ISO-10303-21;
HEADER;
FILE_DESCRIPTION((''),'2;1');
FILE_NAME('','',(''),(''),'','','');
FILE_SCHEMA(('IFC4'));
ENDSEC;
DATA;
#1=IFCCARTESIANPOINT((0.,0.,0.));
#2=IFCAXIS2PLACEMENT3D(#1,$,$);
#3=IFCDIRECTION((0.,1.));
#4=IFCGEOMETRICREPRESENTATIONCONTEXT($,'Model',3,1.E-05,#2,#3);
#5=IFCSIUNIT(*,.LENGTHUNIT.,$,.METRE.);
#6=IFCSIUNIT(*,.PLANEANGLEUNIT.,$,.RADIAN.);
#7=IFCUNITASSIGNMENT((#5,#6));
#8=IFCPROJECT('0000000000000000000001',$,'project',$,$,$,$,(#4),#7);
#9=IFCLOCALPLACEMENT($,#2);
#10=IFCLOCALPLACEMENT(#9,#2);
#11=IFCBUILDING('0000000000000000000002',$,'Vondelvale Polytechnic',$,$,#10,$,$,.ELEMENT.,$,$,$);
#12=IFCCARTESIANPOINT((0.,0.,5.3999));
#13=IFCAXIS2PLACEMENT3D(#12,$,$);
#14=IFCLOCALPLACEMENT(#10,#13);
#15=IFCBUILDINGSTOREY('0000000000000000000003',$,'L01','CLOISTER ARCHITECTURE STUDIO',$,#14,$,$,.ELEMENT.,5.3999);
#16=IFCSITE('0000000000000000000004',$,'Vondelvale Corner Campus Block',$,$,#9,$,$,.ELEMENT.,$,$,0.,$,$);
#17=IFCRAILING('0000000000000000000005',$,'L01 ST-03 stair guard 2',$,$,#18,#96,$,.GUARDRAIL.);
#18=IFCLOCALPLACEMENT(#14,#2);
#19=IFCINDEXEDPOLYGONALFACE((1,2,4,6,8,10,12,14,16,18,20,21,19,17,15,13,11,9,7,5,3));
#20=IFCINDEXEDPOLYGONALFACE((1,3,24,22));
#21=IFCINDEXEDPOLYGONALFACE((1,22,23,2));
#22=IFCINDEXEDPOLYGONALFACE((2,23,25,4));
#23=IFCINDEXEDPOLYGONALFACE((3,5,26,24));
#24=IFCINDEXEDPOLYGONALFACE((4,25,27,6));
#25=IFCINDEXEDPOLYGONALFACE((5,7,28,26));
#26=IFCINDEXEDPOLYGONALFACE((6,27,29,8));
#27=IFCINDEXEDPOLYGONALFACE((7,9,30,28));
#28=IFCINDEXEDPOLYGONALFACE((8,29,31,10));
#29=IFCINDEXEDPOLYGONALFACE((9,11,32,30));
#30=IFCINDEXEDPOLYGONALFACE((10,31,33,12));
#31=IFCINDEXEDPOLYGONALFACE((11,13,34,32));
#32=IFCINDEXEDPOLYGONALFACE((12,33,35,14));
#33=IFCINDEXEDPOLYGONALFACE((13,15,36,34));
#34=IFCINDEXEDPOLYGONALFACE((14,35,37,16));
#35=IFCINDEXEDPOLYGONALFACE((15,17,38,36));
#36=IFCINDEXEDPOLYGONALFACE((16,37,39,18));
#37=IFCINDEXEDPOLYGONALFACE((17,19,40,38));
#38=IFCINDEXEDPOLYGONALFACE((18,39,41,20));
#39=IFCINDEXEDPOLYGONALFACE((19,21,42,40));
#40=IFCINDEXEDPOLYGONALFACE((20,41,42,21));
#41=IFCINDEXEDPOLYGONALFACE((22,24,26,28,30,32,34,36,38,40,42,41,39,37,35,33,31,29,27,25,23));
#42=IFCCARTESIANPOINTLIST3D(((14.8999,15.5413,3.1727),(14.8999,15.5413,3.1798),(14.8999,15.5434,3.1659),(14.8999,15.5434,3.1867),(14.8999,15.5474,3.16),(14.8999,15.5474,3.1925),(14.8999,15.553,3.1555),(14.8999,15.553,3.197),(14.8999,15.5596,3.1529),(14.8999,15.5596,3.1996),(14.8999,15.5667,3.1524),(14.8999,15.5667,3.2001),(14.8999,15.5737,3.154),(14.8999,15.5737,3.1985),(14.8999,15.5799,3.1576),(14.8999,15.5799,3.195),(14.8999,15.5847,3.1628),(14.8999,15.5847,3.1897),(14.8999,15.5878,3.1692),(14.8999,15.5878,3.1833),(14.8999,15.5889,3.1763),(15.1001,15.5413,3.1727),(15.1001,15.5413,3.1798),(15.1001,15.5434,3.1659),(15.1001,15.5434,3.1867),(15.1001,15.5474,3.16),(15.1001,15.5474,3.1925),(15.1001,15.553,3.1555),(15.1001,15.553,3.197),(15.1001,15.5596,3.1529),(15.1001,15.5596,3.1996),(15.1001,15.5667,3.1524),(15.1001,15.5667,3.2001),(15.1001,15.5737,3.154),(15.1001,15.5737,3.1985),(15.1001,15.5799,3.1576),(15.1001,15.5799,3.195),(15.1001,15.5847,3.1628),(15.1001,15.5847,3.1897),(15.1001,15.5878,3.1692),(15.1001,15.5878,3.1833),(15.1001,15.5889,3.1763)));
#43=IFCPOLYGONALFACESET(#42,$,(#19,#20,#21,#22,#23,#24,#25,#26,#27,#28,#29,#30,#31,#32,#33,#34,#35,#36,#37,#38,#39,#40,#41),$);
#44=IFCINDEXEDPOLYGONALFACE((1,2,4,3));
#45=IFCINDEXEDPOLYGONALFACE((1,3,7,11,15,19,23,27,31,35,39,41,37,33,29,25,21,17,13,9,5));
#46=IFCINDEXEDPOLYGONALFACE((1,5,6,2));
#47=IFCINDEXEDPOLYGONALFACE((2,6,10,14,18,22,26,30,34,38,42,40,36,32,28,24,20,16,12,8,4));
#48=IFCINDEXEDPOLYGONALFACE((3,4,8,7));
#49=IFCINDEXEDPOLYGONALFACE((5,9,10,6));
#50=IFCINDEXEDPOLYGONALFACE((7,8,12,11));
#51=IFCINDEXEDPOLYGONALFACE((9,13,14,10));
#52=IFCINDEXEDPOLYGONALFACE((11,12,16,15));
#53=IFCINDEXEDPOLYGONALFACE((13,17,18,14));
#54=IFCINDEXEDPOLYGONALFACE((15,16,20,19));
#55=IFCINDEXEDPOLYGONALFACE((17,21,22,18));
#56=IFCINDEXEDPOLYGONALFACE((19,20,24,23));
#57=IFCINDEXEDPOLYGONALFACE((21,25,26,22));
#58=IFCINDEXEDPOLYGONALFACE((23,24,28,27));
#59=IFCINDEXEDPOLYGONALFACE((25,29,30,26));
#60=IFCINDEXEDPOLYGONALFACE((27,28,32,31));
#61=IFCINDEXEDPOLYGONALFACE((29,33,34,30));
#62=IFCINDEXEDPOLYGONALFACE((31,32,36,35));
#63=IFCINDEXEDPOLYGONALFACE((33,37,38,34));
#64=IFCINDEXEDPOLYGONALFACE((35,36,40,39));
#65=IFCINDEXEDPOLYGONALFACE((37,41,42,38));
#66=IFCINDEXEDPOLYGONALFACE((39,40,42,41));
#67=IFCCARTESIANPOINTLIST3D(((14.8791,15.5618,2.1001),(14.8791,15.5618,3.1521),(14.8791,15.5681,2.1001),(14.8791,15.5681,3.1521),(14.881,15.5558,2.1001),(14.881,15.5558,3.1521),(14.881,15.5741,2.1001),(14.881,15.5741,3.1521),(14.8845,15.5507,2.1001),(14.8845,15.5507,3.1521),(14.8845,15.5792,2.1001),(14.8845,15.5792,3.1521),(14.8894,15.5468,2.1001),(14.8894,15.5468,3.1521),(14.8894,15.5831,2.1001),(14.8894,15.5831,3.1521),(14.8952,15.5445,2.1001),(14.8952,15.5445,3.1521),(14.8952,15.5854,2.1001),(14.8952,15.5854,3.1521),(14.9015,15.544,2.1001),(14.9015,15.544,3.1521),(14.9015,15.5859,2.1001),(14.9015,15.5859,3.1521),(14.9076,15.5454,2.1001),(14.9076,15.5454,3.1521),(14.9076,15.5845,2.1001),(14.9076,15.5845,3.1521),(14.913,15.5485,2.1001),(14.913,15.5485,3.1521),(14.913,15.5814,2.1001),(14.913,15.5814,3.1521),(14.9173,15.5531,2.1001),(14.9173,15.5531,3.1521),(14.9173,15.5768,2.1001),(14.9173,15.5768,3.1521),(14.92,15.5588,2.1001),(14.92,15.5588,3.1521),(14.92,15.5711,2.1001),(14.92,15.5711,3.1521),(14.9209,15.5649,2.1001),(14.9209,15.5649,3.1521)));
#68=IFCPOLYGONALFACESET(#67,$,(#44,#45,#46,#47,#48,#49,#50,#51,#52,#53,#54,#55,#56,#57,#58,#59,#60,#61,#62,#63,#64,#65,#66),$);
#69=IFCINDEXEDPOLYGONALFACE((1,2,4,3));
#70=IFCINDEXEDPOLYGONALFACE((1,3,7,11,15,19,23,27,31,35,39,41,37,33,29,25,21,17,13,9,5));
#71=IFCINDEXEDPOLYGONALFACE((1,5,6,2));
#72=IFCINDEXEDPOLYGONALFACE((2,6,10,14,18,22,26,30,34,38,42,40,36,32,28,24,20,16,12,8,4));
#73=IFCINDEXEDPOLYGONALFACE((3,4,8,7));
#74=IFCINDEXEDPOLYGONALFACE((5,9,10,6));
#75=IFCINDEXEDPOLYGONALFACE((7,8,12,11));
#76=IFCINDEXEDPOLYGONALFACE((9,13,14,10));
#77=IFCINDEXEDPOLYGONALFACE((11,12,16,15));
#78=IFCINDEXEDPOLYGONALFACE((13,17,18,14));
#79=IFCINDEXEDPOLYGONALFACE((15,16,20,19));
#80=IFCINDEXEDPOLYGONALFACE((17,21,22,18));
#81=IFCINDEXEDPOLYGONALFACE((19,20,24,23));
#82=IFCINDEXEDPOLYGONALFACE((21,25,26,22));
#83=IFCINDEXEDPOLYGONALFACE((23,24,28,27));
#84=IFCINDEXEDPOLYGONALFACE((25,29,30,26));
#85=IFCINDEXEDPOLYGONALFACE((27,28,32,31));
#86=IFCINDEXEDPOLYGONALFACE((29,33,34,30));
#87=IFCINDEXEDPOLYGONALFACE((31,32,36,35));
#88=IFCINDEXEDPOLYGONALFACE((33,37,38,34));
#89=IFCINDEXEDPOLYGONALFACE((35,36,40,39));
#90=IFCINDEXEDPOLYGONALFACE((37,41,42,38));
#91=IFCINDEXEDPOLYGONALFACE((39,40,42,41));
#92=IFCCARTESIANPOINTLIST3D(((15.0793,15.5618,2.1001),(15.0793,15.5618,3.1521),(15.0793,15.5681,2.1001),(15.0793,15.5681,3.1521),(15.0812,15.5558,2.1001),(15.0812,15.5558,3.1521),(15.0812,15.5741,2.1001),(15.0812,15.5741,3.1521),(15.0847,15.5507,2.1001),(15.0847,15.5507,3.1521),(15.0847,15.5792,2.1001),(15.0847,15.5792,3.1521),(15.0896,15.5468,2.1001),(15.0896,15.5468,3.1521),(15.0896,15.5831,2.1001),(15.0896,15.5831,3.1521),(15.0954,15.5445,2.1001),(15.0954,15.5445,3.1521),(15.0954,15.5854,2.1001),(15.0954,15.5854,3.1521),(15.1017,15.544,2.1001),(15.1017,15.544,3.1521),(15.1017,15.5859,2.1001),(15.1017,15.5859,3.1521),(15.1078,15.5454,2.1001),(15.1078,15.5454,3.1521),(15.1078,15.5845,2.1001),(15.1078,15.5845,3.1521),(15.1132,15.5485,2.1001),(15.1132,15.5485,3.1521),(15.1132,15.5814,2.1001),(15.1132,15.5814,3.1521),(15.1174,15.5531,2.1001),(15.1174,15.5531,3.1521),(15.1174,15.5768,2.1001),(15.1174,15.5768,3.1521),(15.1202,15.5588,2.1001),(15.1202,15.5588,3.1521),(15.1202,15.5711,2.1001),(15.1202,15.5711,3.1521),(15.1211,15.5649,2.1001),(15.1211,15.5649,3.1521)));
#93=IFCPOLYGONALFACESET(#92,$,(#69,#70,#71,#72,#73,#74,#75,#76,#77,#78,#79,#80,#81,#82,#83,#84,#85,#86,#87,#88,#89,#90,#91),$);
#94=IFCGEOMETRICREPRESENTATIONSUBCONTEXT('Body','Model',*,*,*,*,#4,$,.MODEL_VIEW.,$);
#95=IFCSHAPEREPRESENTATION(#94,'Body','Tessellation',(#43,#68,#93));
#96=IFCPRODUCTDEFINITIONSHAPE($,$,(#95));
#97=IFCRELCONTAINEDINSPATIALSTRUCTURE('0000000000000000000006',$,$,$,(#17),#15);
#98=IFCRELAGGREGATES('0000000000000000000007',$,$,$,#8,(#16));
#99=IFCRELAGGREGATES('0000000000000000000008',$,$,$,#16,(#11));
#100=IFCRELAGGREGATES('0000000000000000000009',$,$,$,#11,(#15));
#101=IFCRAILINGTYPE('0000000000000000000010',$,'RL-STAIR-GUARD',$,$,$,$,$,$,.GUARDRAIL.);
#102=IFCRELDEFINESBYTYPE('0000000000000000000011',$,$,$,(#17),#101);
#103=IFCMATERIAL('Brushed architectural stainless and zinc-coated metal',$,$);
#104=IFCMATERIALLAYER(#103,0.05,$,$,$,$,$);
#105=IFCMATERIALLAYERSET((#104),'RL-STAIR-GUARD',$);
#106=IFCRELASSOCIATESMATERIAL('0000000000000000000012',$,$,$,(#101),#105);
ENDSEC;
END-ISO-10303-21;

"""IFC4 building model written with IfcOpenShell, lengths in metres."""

from ifc_helpers import new_model, si_unit, direction, frame, origin, origin_2d, place, context, subcontext, project, spatial, circle, extrude, material, layer, layer_set, type_object, element, save


model = new_model("IFC4")

# Units and contexts
model_context = context("Model", 3, precision=1e-05, world=origin(), true_north=direction((0.0, 1.0)))
body_context = subcontext(model_context, "Body", "Model", "MODEL_VIEW")
ifc_project = project(units=[si_unit("LENGTHUNIT", "METRE"), si_unit("PLANEANGLEUNIT", "RADIAN")], contexts=[model_context])

# Site, building, storey
site_placement = place(None, origin())
site = spatial("IfcSite", under=ifc_project, at=site_placement, Name="Vondelvale Corner Campus Block", CompositionType="ELEMENT", RefElevation=0.0)
building_placement = place(site_placement, origin())
building = spatial("IfcBuilding", under=site, at=building_placement, Name="Vondelvale Polytechnic", CompositionType="ELEMENT")
storey_placement = place(building_placement, frame((0.0, 0.0, 5.3999)))
storey = spatial("IfcBuildingStorey", under=building, at=storey_placement, Name="L01", Description="CLOISTER ARCHITECTURE STUDIO", CompositionType="ELEMENT", Elevation=5.3999)

# Railing
ifc_material_1 = material(Name="Brushed architectural stainless and zinc-coated metal")
ifc_layer_1 = layer(ifc_material_1, 0.05)
ifc_layer_set_1 = layer_set([ifc_layer_1], Name="RL-STAIR-GUARD")
railing_type_1 = type_object("IfcRailingType", Name="RL-STAIR-GUARD", PredefinedType="GUARDRAIL", material=ifc_layer_set_1)
railing_1_placement = place(storey_placement, frame((14.8999, 15.5649, 2.1001)))
element("IfcRailing", 1, at=railing_1_placement, inside=storey, type_object=railing_type_1, Name="L01 ST-03 stair guard 2", PredefinedType="GUARDRAIL", context=body_context, shape_type="SweptSolid", body=[
    extrude(circle(Radius=0.0239, at=origin_2d()), frame((0.0, 0.0, 1.0762), z_axis=(1.0, 0.0, 0.0), x_axis=(0.0, 1.0, 0.0)), (0.0, 0.0, 1.0), 0.2002),
    extrude(circle(Radius=0.021, at=origin_2d()), origin(), (0.0, 0.0, 1.0), 1.052),
    extrude(circle(Radius=0.021, at=origin_2d()), frame((0.2002, 0.0, 0.0)), (0.0, 0.0, 1.0), 1.052),
])

save(model, "model.ifc")
